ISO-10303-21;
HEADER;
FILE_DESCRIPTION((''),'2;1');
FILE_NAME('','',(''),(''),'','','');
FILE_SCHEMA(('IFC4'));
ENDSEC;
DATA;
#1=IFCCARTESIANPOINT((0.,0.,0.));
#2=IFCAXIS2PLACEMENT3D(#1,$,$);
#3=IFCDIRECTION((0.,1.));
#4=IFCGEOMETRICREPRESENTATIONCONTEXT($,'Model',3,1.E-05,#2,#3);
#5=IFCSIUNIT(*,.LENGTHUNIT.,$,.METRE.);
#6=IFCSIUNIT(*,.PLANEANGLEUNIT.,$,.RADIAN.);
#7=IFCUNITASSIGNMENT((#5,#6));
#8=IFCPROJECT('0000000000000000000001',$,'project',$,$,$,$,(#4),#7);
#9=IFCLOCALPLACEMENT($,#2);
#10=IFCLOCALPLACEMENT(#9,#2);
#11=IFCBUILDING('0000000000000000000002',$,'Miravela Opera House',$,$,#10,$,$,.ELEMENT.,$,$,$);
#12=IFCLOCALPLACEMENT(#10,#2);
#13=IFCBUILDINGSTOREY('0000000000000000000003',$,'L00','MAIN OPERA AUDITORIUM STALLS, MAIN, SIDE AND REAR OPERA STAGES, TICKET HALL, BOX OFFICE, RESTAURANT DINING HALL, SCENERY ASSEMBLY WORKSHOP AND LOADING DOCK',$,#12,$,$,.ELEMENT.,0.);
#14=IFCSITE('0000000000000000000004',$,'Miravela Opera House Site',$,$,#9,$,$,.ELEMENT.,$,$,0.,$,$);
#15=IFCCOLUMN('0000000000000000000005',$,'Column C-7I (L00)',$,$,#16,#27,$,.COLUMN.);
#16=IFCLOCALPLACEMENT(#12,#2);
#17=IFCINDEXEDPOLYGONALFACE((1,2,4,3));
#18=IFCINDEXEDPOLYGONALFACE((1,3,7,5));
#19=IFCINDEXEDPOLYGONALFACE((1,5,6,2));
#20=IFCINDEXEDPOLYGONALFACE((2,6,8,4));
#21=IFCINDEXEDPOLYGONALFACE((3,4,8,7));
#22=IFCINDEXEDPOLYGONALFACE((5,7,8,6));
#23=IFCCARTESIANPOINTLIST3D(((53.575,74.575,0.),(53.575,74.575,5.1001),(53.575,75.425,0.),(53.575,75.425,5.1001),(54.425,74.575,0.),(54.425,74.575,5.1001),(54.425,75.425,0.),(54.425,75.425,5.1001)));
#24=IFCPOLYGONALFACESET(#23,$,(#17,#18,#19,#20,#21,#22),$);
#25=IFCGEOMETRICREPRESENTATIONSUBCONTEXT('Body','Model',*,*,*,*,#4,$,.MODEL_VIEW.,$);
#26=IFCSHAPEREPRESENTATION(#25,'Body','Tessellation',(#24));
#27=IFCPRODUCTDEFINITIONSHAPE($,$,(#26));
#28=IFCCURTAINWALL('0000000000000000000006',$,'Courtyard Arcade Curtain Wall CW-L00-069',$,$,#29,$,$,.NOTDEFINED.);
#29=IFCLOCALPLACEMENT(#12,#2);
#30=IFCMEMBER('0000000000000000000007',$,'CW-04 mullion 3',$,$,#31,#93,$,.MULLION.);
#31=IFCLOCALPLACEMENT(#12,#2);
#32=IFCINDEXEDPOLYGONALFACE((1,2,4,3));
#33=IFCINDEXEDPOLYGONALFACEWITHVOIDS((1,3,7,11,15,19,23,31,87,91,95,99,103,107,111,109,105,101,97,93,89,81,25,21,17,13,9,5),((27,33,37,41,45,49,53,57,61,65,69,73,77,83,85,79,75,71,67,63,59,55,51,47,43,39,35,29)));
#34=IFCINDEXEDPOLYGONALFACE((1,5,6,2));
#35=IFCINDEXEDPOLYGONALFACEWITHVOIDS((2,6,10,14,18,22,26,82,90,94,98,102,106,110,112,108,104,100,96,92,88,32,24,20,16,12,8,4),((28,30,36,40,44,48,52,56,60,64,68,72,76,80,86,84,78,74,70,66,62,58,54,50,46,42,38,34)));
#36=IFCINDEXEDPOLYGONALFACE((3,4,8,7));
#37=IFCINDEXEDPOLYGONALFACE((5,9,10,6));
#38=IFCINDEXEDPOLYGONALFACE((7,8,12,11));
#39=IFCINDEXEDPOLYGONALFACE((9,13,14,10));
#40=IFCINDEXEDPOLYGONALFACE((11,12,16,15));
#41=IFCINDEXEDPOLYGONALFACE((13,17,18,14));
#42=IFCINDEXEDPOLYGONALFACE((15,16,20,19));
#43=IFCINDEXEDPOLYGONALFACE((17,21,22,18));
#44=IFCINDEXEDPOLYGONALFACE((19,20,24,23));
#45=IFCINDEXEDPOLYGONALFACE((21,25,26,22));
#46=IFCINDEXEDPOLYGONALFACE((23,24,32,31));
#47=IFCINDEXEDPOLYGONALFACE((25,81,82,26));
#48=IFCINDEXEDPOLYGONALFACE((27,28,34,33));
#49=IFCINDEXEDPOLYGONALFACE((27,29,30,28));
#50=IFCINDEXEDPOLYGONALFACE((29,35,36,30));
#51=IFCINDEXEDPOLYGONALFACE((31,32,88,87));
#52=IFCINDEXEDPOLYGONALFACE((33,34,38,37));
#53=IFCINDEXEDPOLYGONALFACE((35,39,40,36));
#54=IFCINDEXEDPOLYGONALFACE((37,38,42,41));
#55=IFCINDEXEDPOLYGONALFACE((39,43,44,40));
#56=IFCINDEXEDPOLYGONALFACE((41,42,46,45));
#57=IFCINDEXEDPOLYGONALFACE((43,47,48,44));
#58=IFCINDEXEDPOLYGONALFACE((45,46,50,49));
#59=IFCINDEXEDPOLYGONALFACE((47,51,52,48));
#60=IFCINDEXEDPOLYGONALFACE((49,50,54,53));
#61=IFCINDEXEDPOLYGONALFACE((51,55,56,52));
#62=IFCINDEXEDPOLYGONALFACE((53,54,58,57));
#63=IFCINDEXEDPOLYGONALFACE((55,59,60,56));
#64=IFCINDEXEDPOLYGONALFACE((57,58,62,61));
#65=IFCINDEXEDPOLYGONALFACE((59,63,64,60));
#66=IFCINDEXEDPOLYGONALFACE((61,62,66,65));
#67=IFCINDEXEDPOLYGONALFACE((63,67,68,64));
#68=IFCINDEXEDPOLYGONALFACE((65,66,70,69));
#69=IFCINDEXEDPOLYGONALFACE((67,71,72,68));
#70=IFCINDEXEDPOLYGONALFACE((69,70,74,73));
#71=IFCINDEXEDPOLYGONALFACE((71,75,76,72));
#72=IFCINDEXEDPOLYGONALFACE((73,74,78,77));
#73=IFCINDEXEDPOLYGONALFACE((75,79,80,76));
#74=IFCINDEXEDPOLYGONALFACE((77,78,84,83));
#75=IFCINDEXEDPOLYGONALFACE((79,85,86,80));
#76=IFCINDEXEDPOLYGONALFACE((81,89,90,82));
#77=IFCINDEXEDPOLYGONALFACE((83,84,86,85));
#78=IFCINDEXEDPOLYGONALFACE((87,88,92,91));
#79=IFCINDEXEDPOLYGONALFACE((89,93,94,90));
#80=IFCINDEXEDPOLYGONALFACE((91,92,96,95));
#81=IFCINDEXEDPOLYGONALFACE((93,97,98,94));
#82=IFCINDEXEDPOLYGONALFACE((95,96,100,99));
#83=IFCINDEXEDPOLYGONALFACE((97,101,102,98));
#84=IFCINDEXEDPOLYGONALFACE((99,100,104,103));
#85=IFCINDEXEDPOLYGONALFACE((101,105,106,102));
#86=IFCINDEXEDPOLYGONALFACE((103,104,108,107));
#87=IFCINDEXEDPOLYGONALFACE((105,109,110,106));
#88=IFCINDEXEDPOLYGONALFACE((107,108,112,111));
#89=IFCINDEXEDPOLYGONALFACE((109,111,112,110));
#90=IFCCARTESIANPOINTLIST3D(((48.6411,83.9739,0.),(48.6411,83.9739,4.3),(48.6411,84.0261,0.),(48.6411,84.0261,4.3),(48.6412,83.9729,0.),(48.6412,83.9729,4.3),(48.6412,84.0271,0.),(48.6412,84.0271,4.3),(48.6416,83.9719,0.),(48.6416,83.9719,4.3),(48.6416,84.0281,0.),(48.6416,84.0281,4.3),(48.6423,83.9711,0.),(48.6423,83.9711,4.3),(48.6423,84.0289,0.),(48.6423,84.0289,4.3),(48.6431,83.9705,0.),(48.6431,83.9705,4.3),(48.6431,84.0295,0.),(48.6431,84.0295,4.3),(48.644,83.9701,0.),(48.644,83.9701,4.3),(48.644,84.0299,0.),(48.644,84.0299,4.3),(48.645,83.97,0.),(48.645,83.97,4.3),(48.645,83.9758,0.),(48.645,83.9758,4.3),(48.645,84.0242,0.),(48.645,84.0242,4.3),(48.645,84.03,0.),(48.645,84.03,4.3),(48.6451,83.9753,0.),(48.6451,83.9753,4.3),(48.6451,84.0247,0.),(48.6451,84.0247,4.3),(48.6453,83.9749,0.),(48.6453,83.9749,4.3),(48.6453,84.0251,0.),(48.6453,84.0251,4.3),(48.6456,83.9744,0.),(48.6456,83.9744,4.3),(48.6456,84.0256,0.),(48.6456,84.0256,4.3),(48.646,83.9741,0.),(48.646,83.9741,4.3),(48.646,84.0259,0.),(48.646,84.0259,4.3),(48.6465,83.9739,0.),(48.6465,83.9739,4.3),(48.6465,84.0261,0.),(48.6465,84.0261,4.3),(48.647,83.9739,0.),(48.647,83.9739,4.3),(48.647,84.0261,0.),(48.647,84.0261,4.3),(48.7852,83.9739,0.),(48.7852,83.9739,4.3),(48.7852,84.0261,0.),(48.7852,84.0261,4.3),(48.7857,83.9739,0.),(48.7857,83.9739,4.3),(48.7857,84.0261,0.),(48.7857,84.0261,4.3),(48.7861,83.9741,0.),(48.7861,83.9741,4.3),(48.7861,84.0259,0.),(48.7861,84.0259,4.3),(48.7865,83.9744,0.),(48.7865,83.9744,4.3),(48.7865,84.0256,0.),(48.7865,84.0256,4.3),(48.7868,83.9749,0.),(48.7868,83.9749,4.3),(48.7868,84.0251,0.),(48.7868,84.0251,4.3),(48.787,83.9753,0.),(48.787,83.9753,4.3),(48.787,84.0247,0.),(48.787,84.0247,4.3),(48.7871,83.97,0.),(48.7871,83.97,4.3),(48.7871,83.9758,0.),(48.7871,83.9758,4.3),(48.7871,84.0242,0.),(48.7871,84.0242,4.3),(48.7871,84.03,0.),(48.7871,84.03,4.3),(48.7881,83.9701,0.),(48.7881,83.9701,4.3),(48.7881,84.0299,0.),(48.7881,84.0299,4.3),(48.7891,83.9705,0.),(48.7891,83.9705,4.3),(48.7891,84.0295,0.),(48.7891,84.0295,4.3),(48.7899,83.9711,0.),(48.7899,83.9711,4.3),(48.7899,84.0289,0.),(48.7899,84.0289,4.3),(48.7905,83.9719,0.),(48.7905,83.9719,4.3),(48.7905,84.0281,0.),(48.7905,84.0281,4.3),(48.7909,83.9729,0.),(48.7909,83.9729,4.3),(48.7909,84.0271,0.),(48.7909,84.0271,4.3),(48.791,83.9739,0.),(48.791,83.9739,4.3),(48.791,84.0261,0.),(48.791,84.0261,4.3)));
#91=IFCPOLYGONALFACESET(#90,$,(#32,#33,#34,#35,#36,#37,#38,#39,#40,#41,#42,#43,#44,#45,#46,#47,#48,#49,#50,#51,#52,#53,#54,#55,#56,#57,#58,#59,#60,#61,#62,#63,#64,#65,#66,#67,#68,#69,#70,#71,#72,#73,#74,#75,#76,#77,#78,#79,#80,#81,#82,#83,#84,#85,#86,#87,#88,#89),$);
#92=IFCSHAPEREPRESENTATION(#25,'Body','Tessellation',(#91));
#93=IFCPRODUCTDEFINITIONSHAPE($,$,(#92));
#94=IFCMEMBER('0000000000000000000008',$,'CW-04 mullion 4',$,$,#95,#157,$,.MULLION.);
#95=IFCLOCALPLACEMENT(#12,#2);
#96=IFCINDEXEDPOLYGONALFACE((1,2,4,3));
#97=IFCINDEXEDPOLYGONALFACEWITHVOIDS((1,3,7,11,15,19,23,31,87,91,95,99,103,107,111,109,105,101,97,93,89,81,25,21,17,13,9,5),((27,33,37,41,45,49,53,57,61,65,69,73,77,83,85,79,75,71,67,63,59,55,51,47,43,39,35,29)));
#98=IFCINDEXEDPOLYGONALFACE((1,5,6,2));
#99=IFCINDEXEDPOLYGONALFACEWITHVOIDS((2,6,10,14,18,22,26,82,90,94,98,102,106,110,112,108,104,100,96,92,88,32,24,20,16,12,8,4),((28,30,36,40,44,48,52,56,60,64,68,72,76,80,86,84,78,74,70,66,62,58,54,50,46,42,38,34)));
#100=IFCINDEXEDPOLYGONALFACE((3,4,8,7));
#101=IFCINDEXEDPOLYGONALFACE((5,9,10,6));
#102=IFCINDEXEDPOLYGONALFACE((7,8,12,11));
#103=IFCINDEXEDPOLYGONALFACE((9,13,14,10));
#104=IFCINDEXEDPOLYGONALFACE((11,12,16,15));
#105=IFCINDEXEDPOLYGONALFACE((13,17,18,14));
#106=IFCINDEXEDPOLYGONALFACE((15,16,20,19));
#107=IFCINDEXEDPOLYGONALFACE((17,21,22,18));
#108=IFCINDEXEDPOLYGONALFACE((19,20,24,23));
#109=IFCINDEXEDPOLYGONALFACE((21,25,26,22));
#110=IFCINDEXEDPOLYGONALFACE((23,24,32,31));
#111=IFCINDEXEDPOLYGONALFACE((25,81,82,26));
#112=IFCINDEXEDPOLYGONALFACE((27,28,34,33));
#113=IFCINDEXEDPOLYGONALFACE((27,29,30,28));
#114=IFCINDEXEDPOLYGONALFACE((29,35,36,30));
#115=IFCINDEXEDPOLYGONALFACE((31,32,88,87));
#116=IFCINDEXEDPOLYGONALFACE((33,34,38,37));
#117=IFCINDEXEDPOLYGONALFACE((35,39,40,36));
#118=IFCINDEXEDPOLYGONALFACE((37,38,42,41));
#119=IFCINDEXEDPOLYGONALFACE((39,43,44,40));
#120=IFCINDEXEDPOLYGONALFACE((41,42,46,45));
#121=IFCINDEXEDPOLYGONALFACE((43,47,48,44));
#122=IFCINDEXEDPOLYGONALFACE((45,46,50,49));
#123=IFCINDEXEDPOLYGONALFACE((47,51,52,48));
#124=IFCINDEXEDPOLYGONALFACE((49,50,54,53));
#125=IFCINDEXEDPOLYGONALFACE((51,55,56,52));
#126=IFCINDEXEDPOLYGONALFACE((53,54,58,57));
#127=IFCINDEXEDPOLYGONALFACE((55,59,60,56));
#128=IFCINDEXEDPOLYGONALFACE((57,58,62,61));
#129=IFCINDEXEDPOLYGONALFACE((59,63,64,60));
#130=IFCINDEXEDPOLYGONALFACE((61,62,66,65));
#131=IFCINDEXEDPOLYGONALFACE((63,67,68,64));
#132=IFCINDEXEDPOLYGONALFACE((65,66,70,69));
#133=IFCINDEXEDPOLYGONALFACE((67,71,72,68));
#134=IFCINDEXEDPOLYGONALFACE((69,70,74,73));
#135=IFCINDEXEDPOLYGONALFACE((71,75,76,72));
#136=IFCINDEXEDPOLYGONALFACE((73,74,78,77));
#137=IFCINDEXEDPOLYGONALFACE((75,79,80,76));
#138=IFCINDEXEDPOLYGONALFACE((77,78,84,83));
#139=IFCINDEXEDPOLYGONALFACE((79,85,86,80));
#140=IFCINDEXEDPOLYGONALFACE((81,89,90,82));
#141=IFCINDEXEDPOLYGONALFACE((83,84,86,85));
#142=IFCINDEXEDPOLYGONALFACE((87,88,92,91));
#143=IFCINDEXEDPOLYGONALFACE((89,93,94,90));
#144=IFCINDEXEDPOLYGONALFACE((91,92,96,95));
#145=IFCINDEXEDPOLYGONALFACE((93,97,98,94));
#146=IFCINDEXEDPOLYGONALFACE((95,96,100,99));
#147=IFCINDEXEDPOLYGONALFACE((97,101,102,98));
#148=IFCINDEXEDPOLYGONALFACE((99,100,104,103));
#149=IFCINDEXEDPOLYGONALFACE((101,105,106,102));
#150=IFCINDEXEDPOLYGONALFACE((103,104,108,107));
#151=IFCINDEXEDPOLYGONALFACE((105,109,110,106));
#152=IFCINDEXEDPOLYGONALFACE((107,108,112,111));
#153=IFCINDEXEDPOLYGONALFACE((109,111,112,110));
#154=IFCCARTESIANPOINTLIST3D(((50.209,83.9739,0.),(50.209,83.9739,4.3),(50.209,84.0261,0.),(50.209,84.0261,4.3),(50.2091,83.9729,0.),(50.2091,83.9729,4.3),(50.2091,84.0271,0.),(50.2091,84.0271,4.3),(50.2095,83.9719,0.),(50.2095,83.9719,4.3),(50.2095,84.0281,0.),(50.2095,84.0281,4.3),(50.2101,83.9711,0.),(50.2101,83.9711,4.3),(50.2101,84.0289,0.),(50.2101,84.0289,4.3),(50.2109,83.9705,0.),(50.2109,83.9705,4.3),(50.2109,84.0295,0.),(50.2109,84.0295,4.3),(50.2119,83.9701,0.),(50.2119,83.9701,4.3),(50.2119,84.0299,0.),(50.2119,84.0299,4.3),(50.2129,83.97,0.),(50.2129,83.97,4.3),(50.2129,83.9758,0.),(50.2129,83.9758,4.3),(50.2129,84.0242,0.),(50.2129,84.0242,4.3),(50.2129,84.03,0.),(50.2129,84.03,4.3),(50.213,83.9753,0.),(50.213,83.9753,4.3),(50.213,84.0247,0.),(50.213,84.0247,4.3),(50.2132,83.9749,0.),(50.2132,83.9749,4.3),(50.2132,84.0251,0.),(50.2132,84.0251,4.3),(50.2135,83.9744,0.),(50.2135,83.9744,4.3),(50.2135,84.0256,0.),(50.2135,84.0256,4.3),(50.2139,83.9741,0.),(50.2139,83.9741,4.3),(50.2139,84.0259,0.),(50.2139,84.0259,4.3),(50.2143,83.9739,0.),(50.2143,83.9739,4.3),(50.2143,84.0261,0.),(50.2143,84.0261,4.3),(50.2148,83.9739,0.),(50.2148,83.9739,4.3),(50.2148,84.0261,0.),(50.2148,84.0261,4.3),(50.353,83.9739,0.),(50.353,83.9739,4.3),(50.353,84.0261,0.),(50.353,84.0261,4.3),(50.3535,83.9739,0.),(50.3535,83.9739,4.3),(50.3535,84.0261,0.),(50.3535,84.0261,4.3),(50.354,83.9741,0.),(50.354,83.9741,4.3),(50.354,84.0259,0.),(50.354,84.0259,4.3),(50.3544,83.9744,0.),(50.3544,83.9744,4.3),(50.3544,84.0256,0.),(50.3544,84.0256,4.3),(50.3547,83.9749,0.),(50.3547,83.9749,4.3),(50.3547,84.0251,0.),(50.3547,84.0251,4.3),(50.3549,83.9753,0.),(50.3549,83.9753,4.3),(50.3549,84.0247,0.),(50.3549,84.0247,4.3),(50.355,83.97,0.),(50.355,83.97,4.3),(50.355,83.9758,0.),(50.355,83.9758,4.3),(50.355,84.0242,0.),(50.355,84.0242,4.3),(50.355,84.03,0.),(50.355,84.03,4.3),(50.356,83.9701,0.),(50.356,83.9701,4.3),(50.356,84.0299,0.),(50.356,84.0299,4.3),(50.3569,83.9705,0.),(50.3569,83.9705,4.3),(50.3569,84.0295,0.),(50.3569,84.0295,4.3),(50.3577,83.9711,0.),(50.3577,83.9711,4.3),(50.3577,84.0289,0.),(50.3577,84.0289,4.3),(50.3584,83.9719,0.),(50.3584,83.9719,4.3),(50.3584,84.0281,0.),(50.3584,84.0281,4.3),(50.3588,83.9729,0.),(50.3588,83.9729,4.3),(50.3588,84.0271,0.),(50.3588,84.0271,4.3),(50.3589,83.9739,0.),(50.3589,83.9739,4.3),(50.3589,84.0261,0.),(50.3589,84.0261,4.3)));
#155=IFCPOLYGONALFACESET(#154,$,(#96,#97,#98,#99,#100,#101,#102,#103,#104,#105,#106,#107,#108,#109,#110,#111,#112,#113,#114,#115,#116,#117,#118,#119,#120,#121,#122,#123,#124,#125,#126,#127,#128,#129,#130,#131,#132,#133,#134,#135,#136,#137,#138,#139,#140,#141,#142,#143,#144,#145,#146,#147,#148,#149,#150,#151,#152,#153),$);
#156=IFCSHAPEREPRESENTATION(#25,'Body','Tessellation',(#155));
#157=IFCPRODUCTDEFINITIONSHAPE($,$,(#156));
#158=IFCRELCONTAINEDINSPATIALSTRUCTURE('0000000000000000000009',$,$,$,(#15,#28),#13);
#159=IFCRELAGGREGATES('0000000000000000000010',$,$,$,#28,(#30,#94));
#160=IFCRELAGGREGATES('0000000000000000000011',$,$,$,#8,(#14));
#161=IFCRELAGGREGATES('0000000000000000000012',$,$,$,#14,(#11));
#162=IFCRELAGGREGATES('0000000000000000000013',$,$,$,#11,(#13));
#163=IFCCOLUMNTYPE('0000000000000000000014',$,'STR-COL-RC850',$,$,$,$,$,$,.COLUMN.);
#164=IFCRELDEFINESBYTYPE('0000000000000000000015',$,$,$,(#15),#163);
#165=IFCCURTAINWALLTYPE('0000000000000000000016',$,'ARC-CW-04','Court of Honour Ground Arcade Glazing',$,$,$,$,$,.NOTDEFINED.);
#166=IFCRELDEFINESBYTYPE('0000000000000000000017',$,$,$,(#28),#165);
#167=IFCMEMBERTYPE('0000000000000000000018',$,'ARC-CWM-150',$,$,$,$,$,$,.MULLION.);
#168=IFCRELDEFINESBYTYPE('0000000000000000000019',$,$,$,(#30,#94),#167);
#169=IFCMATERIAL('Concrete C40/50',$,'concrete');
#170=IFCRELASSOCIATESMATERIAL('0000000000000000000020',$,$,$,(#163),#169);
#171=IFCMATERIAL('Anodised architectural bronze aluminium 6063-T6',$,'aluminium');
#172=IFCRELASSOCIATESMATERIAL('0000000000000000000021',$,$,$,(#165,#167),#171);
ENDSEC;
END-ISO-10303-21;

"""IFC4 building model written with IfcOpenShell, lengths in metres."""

from ifc_helpers import new_model, si_unit, direction, frame, origin, origin_2d, place, context, subcontext, project, spatial, rectangle, hollow_rectangle, extrude, material, material_profile, profile_set, type_object, element, aggregate, save


model = new_model("IFC4")

# Units and contexts
model_context = context("Model", 3, precision=1e-05, world=origin(), true_north=direction((0.0, 1.0)))
body_context = subcontext(model_context, "Body", "Model", "MODEL_VIEW")
ifc_project = project(units=[si_unit("LENGTHUNIT", "METRE"), si_unit("PLANEANGLEUNIT", "RADIAN")], contexts=[model_context])

# Site, building, storey
site_placement = place(None, origin())
site = spatial("IfcSite", under=ifc_project, at=site_placement, Name="Miravela Opera House Site", CompositionType="ELEMENT", RefElevation=0.0)
building_placement = place(site_placement, origin())
building = spatial("IfcBuilding", under=site, at=building_placement, Name="Miravela Opera House", CompositionType="ELEMENT")
storey_placement = place(building_placement, origin())
storey = spatial("IfcBuildingStorey", under=building, at=storey_placement, Name="L00", Description="MAIN OPERA AUDITORIUM STALLS, MAIN, SIDE AND REAR OPERA STAGES, TICKET HALL, BOX OFFICE, RESTAURANT DINING HALL, SCENERY ASSEMBLY WORKSHOP AND LOADING DOCK", CompositionType="ELEMENT", Elevation=0.0)

# Column
ifc_material_1 = material(Name="Concrete C40/50", Category="concrete")
ifc_material_profile_1 = material_profile(ifc_material_1, rectangle(XDim=0.8501, YDim=0.8501, at=origin_2d()), Name="RC-COL-850X850")
ifc_profile_set_1 = profile_set([ifc_material_profile_1])
column_type = type_object("IfcColumnType", Name="STR-COL-RC850", PredefinedType="COLUMN", material=ifc_profile_set_1)
column_placement = place(storey_placement, frame((54.0, 75.0, 0.0), z_axis=(0.0, 0.0, 1.0), x_axis=(1.0, 0.0, 0.0)))
element("IfcColumn", 1, at=column_placement, inside=storey, type_object=column_type, Name="Column C-7I (L00)", PredefinedType="COLUMN", context=body_context, shape_type="SweptSolid", body=[
    extrude(rectangle(XDim=0.8501, YDim=0.8501, at=origin_2d()), origin(), (0.0, 0.0, 1.0), 5.1001),
])

# Curtain wall, members
ifc_material_2 = material(Name="Anodised architectural bronze aluminium 6063-T6", Category="aluminium")
curtain_wall_type = type_object("IfcCurtainWallType", Name="ARC-CW-04", Description="Court of Honour Ground Arcade Glazing", PredefinedType="NOTDEFINED", material=ifc_material_2)
curtain_wall_placement = place(storey_placement, origin())
curtain_wall = element("IfcCurtainWall", 2, at=curtain_wall_placement, inside=storey, type_object=curtain_wall_type, Name="Courtyard Arcade Curtain Wall CW-L00-069", PredefinedType="NOTDEFINED")
ifc_material_profile_2 = material_profile(ifc_material_2, hollow_rectangle(XDim=0.0601, YDim=0.1499, WallThickness=0.0039, InnerFilletRadius=0.002, OuterFilletRadius=0.0039, at=origin_2d()), Name="CWM-60X150")
ifc_profile_set_2 = profile_set([ifc_material_profile_2])
member_type_1 = type_object("IfcMemberType", Name="ARC-CWM-150", PredefinedType="MULLION", material=ifc_profile_set_2)
member_1_placement = place(storey_placement, frame((48.7161, 84.0, 0.0), z_axis=(0.0, 0.0, 1.0), x_axis=(0.0, 1.0, 0.0)))
member_1 = element("IfcMember", 3, at=member_1_placement, type_object=member_type_1, Name="CW-04 mullion 3", PredefinedType="MULLION", context=body_context, shape_type="SweptSolid", body=[
    extrude(hollow_rectangle(XDim=0.0601, YDim=0.1499, WallThickness=0.0039, InnerFilletRadius=0.002, OuterFilletRadius=0.0039, at=origin_2d()), origin(), (0.0, 0.0, 1.0), 4.3),
])
member_2_placement = place(storey_placement, frame((50.2839, 84.0, 0.0), z_axis=(0.0, 0.0, 1.0), x_axis=(0.0, 1.0, 0.0)))
member_2 = element("IfcMember", 4, at=member_2_placement, type_object=member_type_1, Name="CW-04 mullion 4", PredefinedType="MULLION", context=body_context, shape_type="SweptSolid", body=[
    extrude(hollow_rectangle(XDim=0.0601, YDim=0.1499, WallThickness=0.0039, InnerFilletRadius=0.002, OuterFilletRadius=0.0039, at=origin_2d()), origin(), (0.0, 0.0, 1.0), 4.3),
])

aggregate(curtain_wall, [member_1, member_2])

save(model, "model.ifc")
